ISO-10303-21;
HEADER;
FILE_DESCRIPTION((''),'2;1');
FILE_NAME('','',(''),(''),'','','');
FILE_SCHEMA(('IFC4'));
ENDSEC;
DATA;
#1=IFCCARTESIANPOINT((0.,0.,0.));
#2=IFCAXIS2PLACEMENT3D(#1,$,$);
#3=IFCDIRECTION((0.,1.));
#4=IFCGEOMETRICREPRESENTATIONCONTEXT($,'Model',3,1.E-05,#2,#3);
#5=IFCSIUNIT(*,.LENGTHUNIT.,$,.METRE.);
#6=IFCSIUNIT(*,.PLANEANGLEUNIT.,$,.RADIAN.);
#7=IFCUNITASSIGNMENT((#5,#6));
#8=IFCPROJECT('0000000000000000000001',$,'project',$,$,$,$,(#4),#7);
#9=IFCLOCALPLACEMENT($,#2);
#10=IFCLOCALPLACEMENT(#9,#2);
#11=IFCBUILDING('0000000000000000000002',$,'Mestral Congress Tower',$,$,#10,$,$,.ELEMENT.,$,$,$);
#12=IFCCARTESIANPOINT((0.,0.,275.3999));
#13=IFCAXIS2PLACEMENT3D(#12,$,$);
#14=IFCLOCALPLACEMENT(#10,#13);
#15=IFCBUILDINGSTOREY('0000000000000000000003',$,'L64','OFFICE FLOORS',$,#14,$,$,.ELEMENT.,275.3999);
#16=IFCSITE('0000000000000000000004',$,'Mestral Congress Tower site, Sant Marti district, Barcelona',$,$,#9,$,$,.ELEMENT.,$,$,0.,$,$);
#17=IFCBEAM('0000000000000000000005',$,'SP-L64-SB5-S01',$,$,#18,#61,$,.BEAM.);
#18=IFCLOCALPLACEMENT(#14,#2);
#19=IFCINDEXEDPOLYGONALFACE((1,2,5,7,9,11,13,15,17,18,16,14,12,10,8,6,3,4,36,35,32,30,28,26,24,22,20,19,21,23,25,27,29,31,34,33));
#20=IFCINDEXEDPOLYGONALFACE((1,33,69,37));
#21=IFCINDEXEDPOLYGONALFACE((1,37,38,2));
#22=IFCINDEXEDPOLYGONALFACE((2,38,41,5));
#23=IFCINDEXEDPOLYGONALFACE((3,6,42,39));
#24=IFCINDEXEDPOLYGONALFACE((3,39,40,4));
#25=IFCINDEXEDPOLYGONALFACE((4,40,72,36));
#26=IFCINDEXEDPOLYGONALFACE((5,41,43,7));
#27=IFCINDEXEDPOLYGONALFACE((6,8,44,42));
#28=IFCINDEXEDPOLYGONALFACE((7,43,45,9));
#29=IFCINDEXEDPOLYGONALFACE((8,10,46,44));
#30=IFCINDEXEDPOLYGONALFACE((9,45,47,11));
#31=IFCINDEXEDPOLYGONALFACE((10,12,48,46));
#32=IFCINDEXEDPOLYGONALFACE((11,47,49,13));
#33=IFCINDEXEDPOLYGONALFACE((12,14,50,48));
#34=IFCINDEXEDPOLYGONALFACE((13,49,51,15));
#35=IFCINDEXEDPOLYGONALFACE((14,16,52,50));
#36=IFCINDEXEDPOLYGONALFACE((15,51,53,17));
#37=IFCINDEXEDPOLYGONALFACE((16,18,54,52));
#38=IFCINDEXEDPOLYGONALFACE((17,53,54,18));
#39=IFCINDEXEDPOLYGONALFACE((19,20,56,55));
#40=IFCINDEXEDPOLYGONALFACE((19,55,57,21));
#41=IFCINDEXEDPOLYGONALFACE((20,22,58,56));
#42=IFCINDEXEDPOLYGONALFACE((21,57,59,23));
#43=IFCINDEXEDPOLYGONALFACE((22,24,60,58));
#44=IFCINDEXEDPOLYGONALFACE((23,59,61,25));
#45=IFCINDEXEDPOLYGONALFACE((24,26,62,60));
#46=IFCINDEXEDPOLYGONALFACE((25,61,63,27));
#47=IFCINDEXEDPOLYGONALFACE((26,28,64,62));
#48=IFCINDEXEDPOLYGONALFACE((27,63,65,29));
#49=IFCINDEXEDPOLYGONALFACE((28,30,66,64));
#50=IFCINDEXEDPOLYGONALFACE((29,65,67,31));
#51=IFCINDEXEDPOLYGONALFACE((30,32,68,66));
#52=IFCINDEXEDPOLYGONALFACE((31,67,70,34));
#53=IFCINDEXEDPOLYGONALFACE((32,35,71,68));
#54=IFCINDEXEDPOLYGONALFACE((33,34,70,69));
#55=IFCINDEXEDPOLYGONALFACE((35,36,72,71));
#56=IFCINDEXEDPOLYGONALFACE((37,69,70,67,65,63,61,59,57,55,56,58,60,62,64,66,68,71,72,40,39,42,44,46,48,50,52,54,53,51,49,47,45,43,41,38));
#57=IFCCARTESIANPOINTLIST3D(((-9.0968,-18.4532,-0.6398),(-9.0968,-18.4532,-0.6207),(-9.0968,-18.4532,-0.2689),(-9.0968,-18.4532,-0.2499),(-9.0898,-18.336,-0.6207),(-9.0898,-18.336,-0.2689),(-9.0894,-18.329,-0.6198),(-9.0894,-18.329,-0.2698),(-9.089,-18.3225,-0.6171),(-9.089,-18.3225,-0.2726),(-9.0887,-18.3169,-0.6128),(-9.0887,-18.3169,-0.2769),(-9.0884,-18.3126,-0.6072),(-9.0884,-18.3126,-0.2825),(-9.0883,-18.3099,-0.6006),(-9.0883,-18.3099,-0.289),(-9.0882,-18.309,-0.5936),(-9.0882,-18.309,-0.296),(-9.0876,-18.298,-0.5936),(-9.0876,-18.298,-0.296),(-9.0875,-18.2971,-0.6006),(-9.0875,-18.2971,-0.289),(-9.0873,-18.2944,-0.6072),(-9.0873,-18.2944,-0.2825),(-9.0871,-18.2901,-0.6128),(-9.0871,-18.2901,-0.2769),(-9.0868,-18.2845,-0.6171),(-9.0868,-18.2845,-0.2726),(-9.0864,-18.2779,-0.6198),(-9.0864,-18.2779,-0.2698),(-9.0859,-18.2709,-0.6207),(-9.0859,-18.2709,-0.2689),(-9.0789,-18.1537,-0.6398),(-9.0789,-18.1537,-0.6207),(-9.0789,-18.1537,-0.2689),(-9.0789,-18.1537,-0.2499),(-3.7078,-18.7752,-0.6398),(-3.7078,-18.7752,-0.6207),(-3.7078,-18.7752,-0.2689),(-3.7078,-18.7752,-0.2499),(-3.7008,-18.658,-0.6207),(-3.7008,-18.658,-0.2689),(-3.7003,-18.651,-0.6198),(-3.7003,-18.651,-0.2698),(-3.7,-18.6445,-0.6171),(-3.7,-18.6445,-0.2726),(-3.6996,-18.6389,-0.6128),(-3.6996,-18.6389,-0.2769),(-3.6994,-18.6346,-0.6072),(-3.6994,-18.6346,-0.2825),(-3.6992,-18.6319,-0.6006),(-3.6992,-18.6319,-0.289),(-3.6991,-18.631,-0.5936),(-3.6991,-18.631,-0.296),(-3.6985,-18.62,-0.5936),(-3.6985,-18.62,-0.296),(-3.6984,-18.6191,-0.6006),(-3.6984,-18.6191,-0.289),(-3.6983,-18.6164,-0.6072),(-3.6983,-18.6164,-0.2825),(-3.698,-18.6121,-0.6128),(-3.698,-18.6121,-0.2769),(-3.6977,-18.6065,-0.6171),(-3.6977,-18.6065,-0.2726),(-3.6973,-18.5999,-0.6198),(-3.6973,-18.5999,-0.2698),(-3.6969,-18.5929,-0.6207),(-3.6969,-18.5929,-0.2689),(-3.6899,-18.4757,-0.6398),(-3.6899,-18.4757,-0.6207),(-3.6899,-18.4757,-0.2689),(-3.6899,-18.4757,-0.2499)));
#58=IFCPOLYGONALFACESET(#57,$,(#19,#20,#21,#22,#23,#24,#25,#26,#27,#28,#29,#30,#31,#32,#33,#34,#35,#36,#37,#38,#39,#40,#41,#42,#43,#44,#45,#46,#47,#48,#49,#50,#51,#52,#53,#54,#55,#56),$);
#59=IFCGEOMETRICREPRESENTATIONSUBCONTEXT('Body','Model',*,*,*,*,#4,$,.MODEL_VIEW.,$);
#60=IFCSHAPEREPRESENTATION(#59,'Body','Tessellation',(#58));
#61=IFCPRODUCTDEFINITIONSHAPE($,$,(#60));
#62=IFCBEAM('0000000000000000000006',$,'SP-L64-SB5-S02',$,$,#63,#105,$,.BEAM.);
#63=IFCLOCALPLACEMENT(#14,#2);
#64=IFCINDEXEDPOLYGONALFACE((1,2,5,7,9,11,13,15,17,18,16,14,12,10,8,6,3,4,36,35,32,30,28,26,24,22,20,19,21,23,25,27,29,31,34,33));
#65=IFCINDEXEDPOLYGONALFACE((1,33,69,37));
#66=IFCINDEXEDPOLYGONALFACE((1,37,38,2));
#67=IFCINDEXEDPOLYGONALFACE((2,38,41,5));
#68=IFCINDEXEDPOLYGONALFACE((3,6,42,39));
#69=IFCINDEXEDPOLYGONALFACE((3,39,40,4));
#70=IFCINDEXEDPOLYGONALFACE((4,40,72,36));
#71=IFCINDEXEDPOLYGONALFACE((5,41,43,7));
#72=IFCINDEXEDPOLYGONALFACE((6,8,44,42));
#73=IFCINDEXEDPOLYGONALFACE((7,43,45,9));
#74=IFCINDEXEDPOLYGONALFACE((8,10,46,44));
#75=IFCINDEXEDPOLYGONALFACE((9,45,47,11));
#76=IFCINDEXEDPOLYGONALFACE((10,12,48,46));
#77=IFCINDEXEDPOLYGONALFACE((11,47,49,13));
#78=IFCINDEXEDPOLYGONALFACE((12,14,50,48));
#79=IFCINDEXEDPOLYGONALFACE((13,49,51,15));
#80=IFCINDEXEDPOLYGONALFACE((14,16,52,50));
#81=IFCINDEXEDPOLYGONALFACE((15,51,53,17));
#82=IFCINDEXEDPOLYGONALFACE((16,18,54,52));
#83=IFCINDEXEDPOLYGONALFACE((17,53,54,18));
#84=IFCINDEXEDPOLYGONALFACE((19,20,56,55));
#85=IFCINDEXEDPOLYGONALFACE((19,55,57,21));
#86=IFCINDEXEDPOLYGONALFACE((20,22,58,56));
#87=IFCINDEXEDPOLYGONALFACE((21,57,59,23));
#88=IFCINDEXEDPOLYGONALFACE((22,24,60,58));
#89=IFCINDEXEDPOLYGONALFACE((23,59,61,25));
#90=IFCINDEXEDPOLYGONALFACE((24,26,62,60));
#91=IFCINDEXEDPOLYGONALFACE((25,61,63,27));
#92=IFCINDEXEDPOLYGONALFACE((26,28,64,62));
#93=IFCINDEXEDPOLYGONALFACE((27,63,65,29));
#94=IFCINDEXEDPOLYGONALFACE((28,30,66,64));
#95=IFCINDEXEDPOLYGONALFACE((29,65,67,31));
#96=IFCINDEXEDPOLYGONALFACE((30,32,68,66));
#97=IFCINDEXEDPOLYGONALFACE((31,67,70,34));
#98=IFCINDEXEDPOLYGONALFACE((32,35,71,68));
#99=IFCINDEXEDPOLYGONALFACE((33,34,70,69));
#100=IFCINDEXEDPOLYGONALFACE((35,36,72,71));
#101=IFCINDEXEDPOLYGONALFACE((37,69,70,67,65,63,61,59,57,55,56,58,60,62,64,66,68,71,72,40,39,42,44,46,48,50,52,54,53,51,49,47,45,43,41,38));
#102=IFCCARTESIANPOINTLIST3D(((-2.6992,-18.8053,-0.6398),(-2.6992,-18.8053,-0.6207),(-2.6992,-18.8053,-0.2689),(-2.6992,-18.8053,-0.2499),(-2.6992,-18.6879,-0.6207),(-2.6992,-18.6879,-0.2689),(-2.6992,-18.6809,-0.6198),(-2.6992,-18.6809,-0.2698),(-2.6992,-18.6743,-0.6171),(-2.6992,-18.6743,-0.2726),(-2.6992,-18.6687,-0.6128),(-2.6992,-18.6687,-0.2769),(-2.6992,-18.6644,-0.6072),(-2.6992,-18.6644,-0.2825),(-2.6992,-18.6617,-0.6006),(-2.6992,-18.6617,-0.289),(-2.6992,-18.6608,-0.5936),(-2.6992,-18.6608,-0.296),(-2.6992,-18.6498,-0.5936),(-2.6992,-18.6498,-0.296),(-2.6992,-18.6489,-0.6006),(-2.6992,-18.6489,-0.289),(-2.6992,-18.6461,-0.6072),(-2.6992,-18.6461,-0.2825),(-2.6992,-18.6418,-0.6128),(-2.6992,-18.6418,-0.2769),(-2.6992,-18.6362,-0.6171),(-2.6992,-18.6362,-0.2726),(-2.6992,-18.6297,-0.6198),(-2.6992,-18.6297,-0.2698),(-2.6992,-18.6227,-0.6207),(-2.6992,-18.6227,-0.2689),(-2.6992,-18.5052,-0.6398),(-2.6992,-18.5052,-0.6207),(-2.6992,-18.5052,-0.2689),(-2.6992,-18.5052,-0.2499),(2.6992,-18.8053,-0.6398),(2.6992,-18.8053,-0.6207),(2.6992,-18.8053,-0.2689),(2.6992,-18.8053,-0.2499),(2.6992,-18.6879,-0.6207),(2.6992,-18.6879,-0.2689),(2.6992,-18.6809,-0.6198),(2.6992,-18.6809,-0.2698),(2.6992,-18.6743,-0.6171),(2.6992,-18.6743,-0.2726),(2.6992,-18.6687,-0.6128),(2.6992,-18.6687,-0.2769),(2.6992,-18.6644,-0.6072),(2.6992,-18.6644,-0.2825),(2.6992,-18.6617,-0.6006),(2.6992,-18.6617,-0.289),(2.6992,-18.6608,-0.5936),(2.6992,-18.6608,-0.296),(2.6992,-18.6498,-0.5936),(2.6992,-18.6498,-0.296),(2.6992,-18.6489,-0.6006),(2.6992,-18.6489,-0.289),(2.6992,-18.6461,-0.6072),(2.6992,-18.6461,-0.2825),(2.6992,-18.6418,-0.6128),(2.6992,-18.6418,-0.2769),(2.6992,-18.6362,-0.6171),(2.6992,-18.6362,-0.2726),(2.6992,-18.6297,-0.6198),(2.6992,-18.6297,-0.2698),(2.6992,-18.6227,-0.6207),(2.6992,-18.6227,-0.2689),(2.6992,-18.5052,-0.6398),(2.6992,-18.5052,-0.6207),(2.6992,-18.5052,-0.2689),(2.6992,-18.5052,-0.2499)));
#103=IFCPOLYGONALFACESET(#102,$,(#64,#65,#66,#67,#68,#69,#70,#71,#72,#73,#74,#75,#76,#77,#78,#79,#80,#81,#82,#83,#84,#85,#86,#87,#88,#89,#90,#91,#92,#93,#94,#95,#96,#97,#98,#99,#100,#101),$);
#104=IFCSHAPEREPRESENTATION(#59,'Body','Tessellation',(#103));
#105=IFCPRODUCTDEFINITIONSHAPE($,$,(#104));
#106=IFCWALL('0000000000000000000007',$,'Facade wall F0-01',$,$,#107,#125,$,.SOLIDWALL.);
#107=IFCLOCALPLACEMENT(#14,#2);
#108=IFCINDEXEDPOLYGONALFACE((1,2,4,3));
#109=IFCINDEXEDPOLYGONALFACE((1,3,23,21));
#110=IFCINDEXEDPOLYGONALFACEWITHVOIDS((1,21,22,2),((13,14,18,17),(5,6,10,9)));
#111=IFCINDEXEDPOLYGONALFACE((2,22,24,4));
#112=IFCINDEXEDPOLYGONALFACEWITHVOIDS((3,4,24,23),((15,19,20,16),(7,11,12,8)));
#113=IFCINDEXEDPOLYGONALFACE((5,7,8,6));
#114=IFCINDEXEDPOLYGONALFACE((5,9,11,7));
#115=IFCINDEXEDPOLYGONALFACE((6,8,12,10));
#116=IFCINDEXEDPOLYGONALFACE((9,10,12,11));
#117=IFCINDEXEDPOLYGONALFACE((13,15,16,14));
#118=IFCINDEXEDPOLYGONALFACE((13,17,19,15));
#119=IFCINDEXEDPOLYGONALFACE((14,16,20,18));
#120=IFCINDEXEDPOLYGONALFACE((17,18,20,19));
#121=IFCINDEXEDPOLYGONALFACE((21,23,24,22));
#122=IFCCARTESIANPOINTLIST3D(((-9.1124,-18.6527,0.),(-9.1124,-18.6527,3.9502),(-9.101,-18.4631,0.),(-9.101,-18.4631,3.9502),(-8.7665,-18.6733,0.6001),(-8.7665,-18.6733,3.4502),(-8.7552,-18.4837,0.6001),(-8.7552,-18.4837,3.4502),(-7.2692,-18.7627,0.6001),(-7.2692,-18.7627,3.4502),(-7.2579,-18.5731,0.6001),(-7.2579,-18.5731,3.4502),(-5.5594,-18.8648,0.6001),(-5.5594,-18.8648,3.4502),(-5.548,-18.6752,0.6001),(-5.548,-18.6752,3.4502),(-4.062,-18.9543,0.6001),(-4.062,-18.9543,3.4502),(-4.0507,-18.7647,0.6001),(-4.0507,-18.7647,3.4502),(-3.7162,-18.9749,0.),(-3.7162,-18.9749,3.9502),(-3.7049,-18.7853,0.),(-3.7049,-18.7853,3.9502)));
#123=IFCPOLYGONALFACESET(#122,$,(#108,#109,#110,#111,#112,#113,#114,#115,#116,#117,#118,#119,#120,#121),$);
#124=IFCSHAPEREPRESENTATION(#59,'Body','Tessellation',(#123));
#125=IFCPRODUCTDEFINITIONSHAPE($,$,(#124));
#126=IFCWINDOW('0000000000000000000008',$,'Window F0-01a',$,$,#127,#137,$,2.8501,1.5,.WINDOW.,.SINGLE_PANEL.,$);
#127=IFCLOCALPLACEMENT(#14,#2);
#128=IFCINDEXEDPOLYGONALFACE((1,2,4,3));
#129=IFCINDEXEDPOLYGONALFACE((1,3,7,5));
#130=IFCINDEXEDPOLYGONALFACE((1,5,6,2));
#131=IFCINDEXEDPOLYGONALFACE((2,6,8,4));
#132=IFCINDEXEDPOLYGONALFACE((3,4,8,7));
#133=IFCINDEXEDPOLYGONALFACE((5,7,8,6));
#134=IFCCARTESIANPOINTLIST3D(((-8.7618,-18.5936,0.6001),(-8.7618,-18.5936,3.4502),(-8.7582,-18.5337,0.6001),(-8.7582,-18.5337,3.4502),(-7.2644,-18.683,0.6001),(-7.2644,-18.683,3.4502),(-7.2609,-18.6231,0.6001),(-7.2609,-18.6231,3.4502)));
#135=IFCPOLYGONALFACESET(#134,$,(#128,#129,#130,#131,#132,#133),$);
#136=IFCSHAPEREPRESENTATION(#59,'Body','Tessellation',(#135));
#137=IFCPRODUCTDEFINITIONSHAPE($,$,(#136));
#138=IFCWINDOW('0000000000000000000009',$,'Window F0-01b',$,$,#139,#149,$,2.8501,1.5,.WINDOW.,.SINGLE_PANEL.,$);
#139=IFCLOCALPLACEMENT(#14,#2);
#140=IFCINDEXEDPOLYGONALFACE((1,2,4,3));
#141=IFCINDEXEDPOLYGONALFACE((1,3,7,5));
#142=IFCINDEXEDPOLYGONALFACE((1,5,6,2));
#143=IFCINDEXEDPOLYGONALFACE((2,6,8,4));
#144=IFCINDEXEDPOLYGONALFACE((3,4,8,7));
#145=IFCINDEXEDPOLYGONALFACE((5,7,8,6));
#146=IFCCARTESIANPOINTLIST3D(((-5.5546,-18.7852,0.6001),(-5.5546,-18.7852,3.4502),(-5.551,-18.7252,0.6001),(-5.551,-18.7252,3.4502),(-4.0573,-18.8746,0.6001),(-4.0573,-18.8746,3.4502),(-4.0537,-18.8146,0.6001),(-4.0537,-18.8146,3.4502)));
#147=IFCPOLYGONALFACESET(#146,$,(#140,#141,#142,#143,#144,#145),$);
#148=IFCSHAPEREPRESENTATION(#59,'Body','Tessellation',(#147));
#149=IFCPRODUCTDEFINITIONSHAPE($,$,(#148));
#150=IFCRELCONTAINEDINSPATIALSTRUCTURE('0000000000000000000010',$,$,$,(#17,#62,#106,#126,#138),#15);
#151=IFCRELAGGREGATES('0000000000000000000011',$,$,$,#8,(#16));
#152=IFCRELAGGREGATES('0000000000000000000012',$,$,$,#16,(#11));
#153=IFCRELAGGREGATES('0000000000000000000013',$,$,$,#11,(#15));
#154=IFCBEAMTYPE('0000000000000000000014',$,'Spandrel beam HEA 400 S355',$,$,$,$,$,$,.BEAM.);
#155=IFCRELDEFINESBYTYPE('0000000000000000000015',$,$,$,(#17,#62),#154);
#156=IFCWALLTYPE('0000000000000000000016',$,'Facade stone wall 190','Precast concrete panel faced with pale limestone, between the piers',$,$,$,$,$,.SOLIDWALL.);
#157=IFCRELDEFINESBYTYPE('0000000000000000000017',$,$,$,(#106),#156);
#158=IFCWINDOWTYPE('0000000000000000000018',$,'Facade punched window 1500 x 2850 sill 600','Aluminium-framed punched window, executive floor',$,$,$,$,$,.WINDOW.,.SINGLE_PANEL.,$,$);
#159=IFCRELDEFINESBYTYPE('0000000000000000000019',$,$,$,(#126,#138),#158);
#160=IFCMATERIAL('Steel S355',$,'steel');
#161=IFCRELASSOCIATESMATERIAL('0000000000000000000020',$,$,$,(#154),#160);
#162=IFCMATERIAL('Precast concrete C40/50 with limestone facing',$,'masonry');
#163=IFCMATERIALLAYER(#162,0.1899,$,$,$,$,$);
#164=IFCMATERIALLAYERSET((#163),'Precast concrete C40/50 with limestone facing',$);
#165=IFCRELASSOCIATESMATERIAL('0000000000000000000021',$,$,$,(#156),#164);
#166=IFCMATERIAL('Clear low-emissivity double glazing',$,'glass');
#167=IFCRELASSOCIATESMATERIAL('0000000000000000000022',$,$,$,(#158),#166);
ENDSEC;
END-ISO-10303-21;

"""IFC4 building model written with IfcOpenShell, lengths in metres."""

from ifc_helpers import new_model, si_unit, direction, frame, frame_2d, origin, origin_2d, place, context, subcontext, project, spatial, rectangle, i_section, extrude, material, layer, layer_set, material_profile, profile_set, type_object, element, fill, save


model = new_model("IFC4")

# Units and contexts
model_context = context("Model", 3, precision=1e-05, world=origin(), true_north=direction((0.0, 1.0)))
body_context = subcontext(model_context, "Body", "Model", "MODEL_VIEW")
ifc_project = project(units=[si_unit("LENGTHUNIT", "METRE"), si_unit("PLANEANGLEUNIT", "RADIAN")], contexts=[model_context])

# Site, building, storey
site_placement = place(None, origin())
site = spatial("IfcSite", under=ifc_project, at=site_placement, Name="Mestral Congress Tower site, Sant Marti district, Barcelona", CompositionType="ELEMENT", RefElevation=0.0)
building_placement = place(site_placement, origin())
building = spatial("IfcBuilding", under=site, at=building_placement, Name="Mestral Congress Tower", CompositionType="ELEMENT")
storey_placement = place(building_placement, frame((0.0, 0.0, 275.3999)))
storey = spatial("IfcBuildingStorey", under=building, at=storey_placement, Name="L64", Description="OFFICE FLOORS", CompositionType="ELEMENT", Elevation=275.3999)

# Beams
ifc_material_1 = material(Name="Steel S355", Category="steel")
ifc_material_profile_1 = material_profile(ifc_material_1, i_section(OverallWidth=0.3, OverallDepth=0.3899, WebThickness=0.011, FlangeThickness=0.019, FilletRadius=0.0271, at=origin_2d()), Name="HEA 400")
ifc_profile_set_1 = profile_set([ifc_material_profile_1], Name="Steel S355")
beam_type_1 = type_object("IfcBeamType", Name="Spandrel beam HEA 400 S355", PredefinedType="BEAM", material=ifc_profile_set_1)
beam_1_placement = place(storey_placement, frame((-9.0879, -18.3035, -0.4448), z_axis=(0.99822, -0.059647, 0.0), x_axis=(0.059647, 0.99822, 0.0)))
element("IfcBeam", 1, at=beam_1_placement, inside=storey, type_object=beam_type_1, Name="SP-L64-SB5-S01", PredefinedType="BEAM", context=body_context, shape_type="SweptSolid", body=[
    extrude(i_section(OverallWidth=0.3, OverallDepth=0.3899, WebThickness=0.011, FlangeThickness=0.019, FilletRadius=0.0271, at=origin_2d()), origin(), (0.0, 0.0, 1.0), 5.3987),
])
beam_2_placement = place(storey_placement, frame((-2.6992, -18.6553, -0.4448), z_axis=(1.0, 0.0, 0.0), x_axis=(0.0, 1.0, 0.0)))
element("IfcBeam", 2, at=beam_2_placement, inside=storey, type_object=beam_type_1, Name="SP-L64-SB5-S02", PredefinedType="BEAM", context=body_context, shape_type="SweptSolid", body=[
    extrude(i_section(OverallWidth=0.3, OverallDepth=0.3899, WebThickness=0.011, FlangeThickness=0.019, FilletRadius=0.0271, at=origin_2d()), origin(), (0.0, 0.0, 1.0), 5.3984),
])

# Wall, openings, windows
ifc_material_2 = material(Name="Precast concrete C40/50 with limestone facing", Category="masonry")
ifc_layer_1 = layer(ifc_material_2, 0.1899)
ifc_layer_set_1 = layer_set([ifc_layer_1], Name="Precast concrete C40/50 with limestone facing")
wall_type_1 = type_object("IfcWallType", Name="Facade stone wall 190", Description="Precast concrete panel faced with pale limestone, between the piers", PredefinedType="SOLIDWALL", material=ifc_layer_set_1)
wall_1_placement = place(storey_placement, frame((-9.1067, -18.5579, 0.0), z_axis=(0.0, 0.0, 1.0), x_axis=(0.998221, -0.059614, 0.0)))
wall_1 = element("IfcWall", 3, at=wall_1_placement, inside=storey, type_object=wall_type_1, Name="Facade wall F0-01", PredefinedType="SOLIDWALL", context=body_context, shape_type="SweptSolid", body=[
    extrude(rectangle(XDim=5.4058, YDim=0.1899, at=frame_2d((2.7029, 0.0))), origin(), (0.0, 0.0, 1.0), 3.9502),
])
opening_1_placement = place(wall_1_placement, frame((0.3464, 0.0, 0.6001)))
opening_1 = element("IfcOpeningElement", 4, at=opening_1_placement, cuts=wall_1, PredefinedType="OPENING", context=body_context, shape_type="SweptSolid", body=[
    extrude(rectangle(XDim=1.5, YDim=2.8501, at=frame_2d((0.75, 1.425))), frame((0.0, 0.105, 0.0), z_axis=(0.0, -1.0, 0.0), x_axis=(1.0, 0.0, 0.0)), (0.0, 0.0, 1.0), 0.21),
])
opening_2_placement = place(wall_1_placement, frame((3.5593, 0.0, 0.6001)))
opening_2 = element("IfcOpeningElement", 5, at=opening_2_placement, cuts=wall_1, PredefinedType="OPENING", context=body_context, shape_type="SweptSolid", body=[
    extrude(rectangle(XDim=1.5, YDim=2.8501, at=frame_2d((0.75, 1.425))), frame((0.0, 0.105, 0.0), z_axis=(0.0, -1.0, 0.0), x_axis=(1.0, 0.0, 0.0)), (0.0, 0.0, 1.0), 0.21),
])
ifc_material_3 = material(Name="Clear low-emissivity double glazing", Category="glass")
window_type = type_object("IfcWindowType", Name="Facade punched window 1500 x 2850 sill 600", Description="Aluminium-framed punched window, executive floor", PartitioningType="SINGLE_PANEL", PredefinedType="WINDOW", material=ifc_material_3)
window_1_placement = place(opening_1_placement, origin())
window_1 = element("IfcWindow", 6, at=window_1_placement, inside=storey, type_object=window_type, Name="Window F0-01a", OverallHeight=2.8501, OverallWidth=1.5, PartitioningType="SINGLE_PANEL", PredefinedType="WINDOW", context=body_context, shape_type="SweptSolid", body=[
    extrude(rectangle(XDim=1.5, YDim=2.8501, at=frame_2d((0.75, 1.425))), frame((0.0, 0.0449, 0.0), z_axis=(0.0, -1.0, 0.0), x_axis=(1.0, 0.0, 0.0)), (0.0, 0.0, 1.0), 0.0601),
])
fill(opening_1, window_1)
window_2_placement = place(opening_2_placement, origin())
window_2 = element("IfcWindow", 7, at=window_2_placement, inside=storey, type_object=window_type, Name="Window F0-01b", OverallHeight=2.8501, OverallWidth=1.5, PartitioningType="SINGLE_PANEL", PredefinedType="WINDOW", context=body_context, shape_type="SweptSolid", body=[
    extrude(rectangle(XDim=1.5, YDim=2.8501, at=frame_2d((0.75, 1.425))), frame((0.0, 0.0449, 0.0), z_axis=(0.0, -1.0, 0.0), x_axis=(1.0, 0.0, 0.0)), (0.0, 0.0, 1.0), 0.0601),
])
fill(opening_2, window_2)

save(model, "model.ifc")
